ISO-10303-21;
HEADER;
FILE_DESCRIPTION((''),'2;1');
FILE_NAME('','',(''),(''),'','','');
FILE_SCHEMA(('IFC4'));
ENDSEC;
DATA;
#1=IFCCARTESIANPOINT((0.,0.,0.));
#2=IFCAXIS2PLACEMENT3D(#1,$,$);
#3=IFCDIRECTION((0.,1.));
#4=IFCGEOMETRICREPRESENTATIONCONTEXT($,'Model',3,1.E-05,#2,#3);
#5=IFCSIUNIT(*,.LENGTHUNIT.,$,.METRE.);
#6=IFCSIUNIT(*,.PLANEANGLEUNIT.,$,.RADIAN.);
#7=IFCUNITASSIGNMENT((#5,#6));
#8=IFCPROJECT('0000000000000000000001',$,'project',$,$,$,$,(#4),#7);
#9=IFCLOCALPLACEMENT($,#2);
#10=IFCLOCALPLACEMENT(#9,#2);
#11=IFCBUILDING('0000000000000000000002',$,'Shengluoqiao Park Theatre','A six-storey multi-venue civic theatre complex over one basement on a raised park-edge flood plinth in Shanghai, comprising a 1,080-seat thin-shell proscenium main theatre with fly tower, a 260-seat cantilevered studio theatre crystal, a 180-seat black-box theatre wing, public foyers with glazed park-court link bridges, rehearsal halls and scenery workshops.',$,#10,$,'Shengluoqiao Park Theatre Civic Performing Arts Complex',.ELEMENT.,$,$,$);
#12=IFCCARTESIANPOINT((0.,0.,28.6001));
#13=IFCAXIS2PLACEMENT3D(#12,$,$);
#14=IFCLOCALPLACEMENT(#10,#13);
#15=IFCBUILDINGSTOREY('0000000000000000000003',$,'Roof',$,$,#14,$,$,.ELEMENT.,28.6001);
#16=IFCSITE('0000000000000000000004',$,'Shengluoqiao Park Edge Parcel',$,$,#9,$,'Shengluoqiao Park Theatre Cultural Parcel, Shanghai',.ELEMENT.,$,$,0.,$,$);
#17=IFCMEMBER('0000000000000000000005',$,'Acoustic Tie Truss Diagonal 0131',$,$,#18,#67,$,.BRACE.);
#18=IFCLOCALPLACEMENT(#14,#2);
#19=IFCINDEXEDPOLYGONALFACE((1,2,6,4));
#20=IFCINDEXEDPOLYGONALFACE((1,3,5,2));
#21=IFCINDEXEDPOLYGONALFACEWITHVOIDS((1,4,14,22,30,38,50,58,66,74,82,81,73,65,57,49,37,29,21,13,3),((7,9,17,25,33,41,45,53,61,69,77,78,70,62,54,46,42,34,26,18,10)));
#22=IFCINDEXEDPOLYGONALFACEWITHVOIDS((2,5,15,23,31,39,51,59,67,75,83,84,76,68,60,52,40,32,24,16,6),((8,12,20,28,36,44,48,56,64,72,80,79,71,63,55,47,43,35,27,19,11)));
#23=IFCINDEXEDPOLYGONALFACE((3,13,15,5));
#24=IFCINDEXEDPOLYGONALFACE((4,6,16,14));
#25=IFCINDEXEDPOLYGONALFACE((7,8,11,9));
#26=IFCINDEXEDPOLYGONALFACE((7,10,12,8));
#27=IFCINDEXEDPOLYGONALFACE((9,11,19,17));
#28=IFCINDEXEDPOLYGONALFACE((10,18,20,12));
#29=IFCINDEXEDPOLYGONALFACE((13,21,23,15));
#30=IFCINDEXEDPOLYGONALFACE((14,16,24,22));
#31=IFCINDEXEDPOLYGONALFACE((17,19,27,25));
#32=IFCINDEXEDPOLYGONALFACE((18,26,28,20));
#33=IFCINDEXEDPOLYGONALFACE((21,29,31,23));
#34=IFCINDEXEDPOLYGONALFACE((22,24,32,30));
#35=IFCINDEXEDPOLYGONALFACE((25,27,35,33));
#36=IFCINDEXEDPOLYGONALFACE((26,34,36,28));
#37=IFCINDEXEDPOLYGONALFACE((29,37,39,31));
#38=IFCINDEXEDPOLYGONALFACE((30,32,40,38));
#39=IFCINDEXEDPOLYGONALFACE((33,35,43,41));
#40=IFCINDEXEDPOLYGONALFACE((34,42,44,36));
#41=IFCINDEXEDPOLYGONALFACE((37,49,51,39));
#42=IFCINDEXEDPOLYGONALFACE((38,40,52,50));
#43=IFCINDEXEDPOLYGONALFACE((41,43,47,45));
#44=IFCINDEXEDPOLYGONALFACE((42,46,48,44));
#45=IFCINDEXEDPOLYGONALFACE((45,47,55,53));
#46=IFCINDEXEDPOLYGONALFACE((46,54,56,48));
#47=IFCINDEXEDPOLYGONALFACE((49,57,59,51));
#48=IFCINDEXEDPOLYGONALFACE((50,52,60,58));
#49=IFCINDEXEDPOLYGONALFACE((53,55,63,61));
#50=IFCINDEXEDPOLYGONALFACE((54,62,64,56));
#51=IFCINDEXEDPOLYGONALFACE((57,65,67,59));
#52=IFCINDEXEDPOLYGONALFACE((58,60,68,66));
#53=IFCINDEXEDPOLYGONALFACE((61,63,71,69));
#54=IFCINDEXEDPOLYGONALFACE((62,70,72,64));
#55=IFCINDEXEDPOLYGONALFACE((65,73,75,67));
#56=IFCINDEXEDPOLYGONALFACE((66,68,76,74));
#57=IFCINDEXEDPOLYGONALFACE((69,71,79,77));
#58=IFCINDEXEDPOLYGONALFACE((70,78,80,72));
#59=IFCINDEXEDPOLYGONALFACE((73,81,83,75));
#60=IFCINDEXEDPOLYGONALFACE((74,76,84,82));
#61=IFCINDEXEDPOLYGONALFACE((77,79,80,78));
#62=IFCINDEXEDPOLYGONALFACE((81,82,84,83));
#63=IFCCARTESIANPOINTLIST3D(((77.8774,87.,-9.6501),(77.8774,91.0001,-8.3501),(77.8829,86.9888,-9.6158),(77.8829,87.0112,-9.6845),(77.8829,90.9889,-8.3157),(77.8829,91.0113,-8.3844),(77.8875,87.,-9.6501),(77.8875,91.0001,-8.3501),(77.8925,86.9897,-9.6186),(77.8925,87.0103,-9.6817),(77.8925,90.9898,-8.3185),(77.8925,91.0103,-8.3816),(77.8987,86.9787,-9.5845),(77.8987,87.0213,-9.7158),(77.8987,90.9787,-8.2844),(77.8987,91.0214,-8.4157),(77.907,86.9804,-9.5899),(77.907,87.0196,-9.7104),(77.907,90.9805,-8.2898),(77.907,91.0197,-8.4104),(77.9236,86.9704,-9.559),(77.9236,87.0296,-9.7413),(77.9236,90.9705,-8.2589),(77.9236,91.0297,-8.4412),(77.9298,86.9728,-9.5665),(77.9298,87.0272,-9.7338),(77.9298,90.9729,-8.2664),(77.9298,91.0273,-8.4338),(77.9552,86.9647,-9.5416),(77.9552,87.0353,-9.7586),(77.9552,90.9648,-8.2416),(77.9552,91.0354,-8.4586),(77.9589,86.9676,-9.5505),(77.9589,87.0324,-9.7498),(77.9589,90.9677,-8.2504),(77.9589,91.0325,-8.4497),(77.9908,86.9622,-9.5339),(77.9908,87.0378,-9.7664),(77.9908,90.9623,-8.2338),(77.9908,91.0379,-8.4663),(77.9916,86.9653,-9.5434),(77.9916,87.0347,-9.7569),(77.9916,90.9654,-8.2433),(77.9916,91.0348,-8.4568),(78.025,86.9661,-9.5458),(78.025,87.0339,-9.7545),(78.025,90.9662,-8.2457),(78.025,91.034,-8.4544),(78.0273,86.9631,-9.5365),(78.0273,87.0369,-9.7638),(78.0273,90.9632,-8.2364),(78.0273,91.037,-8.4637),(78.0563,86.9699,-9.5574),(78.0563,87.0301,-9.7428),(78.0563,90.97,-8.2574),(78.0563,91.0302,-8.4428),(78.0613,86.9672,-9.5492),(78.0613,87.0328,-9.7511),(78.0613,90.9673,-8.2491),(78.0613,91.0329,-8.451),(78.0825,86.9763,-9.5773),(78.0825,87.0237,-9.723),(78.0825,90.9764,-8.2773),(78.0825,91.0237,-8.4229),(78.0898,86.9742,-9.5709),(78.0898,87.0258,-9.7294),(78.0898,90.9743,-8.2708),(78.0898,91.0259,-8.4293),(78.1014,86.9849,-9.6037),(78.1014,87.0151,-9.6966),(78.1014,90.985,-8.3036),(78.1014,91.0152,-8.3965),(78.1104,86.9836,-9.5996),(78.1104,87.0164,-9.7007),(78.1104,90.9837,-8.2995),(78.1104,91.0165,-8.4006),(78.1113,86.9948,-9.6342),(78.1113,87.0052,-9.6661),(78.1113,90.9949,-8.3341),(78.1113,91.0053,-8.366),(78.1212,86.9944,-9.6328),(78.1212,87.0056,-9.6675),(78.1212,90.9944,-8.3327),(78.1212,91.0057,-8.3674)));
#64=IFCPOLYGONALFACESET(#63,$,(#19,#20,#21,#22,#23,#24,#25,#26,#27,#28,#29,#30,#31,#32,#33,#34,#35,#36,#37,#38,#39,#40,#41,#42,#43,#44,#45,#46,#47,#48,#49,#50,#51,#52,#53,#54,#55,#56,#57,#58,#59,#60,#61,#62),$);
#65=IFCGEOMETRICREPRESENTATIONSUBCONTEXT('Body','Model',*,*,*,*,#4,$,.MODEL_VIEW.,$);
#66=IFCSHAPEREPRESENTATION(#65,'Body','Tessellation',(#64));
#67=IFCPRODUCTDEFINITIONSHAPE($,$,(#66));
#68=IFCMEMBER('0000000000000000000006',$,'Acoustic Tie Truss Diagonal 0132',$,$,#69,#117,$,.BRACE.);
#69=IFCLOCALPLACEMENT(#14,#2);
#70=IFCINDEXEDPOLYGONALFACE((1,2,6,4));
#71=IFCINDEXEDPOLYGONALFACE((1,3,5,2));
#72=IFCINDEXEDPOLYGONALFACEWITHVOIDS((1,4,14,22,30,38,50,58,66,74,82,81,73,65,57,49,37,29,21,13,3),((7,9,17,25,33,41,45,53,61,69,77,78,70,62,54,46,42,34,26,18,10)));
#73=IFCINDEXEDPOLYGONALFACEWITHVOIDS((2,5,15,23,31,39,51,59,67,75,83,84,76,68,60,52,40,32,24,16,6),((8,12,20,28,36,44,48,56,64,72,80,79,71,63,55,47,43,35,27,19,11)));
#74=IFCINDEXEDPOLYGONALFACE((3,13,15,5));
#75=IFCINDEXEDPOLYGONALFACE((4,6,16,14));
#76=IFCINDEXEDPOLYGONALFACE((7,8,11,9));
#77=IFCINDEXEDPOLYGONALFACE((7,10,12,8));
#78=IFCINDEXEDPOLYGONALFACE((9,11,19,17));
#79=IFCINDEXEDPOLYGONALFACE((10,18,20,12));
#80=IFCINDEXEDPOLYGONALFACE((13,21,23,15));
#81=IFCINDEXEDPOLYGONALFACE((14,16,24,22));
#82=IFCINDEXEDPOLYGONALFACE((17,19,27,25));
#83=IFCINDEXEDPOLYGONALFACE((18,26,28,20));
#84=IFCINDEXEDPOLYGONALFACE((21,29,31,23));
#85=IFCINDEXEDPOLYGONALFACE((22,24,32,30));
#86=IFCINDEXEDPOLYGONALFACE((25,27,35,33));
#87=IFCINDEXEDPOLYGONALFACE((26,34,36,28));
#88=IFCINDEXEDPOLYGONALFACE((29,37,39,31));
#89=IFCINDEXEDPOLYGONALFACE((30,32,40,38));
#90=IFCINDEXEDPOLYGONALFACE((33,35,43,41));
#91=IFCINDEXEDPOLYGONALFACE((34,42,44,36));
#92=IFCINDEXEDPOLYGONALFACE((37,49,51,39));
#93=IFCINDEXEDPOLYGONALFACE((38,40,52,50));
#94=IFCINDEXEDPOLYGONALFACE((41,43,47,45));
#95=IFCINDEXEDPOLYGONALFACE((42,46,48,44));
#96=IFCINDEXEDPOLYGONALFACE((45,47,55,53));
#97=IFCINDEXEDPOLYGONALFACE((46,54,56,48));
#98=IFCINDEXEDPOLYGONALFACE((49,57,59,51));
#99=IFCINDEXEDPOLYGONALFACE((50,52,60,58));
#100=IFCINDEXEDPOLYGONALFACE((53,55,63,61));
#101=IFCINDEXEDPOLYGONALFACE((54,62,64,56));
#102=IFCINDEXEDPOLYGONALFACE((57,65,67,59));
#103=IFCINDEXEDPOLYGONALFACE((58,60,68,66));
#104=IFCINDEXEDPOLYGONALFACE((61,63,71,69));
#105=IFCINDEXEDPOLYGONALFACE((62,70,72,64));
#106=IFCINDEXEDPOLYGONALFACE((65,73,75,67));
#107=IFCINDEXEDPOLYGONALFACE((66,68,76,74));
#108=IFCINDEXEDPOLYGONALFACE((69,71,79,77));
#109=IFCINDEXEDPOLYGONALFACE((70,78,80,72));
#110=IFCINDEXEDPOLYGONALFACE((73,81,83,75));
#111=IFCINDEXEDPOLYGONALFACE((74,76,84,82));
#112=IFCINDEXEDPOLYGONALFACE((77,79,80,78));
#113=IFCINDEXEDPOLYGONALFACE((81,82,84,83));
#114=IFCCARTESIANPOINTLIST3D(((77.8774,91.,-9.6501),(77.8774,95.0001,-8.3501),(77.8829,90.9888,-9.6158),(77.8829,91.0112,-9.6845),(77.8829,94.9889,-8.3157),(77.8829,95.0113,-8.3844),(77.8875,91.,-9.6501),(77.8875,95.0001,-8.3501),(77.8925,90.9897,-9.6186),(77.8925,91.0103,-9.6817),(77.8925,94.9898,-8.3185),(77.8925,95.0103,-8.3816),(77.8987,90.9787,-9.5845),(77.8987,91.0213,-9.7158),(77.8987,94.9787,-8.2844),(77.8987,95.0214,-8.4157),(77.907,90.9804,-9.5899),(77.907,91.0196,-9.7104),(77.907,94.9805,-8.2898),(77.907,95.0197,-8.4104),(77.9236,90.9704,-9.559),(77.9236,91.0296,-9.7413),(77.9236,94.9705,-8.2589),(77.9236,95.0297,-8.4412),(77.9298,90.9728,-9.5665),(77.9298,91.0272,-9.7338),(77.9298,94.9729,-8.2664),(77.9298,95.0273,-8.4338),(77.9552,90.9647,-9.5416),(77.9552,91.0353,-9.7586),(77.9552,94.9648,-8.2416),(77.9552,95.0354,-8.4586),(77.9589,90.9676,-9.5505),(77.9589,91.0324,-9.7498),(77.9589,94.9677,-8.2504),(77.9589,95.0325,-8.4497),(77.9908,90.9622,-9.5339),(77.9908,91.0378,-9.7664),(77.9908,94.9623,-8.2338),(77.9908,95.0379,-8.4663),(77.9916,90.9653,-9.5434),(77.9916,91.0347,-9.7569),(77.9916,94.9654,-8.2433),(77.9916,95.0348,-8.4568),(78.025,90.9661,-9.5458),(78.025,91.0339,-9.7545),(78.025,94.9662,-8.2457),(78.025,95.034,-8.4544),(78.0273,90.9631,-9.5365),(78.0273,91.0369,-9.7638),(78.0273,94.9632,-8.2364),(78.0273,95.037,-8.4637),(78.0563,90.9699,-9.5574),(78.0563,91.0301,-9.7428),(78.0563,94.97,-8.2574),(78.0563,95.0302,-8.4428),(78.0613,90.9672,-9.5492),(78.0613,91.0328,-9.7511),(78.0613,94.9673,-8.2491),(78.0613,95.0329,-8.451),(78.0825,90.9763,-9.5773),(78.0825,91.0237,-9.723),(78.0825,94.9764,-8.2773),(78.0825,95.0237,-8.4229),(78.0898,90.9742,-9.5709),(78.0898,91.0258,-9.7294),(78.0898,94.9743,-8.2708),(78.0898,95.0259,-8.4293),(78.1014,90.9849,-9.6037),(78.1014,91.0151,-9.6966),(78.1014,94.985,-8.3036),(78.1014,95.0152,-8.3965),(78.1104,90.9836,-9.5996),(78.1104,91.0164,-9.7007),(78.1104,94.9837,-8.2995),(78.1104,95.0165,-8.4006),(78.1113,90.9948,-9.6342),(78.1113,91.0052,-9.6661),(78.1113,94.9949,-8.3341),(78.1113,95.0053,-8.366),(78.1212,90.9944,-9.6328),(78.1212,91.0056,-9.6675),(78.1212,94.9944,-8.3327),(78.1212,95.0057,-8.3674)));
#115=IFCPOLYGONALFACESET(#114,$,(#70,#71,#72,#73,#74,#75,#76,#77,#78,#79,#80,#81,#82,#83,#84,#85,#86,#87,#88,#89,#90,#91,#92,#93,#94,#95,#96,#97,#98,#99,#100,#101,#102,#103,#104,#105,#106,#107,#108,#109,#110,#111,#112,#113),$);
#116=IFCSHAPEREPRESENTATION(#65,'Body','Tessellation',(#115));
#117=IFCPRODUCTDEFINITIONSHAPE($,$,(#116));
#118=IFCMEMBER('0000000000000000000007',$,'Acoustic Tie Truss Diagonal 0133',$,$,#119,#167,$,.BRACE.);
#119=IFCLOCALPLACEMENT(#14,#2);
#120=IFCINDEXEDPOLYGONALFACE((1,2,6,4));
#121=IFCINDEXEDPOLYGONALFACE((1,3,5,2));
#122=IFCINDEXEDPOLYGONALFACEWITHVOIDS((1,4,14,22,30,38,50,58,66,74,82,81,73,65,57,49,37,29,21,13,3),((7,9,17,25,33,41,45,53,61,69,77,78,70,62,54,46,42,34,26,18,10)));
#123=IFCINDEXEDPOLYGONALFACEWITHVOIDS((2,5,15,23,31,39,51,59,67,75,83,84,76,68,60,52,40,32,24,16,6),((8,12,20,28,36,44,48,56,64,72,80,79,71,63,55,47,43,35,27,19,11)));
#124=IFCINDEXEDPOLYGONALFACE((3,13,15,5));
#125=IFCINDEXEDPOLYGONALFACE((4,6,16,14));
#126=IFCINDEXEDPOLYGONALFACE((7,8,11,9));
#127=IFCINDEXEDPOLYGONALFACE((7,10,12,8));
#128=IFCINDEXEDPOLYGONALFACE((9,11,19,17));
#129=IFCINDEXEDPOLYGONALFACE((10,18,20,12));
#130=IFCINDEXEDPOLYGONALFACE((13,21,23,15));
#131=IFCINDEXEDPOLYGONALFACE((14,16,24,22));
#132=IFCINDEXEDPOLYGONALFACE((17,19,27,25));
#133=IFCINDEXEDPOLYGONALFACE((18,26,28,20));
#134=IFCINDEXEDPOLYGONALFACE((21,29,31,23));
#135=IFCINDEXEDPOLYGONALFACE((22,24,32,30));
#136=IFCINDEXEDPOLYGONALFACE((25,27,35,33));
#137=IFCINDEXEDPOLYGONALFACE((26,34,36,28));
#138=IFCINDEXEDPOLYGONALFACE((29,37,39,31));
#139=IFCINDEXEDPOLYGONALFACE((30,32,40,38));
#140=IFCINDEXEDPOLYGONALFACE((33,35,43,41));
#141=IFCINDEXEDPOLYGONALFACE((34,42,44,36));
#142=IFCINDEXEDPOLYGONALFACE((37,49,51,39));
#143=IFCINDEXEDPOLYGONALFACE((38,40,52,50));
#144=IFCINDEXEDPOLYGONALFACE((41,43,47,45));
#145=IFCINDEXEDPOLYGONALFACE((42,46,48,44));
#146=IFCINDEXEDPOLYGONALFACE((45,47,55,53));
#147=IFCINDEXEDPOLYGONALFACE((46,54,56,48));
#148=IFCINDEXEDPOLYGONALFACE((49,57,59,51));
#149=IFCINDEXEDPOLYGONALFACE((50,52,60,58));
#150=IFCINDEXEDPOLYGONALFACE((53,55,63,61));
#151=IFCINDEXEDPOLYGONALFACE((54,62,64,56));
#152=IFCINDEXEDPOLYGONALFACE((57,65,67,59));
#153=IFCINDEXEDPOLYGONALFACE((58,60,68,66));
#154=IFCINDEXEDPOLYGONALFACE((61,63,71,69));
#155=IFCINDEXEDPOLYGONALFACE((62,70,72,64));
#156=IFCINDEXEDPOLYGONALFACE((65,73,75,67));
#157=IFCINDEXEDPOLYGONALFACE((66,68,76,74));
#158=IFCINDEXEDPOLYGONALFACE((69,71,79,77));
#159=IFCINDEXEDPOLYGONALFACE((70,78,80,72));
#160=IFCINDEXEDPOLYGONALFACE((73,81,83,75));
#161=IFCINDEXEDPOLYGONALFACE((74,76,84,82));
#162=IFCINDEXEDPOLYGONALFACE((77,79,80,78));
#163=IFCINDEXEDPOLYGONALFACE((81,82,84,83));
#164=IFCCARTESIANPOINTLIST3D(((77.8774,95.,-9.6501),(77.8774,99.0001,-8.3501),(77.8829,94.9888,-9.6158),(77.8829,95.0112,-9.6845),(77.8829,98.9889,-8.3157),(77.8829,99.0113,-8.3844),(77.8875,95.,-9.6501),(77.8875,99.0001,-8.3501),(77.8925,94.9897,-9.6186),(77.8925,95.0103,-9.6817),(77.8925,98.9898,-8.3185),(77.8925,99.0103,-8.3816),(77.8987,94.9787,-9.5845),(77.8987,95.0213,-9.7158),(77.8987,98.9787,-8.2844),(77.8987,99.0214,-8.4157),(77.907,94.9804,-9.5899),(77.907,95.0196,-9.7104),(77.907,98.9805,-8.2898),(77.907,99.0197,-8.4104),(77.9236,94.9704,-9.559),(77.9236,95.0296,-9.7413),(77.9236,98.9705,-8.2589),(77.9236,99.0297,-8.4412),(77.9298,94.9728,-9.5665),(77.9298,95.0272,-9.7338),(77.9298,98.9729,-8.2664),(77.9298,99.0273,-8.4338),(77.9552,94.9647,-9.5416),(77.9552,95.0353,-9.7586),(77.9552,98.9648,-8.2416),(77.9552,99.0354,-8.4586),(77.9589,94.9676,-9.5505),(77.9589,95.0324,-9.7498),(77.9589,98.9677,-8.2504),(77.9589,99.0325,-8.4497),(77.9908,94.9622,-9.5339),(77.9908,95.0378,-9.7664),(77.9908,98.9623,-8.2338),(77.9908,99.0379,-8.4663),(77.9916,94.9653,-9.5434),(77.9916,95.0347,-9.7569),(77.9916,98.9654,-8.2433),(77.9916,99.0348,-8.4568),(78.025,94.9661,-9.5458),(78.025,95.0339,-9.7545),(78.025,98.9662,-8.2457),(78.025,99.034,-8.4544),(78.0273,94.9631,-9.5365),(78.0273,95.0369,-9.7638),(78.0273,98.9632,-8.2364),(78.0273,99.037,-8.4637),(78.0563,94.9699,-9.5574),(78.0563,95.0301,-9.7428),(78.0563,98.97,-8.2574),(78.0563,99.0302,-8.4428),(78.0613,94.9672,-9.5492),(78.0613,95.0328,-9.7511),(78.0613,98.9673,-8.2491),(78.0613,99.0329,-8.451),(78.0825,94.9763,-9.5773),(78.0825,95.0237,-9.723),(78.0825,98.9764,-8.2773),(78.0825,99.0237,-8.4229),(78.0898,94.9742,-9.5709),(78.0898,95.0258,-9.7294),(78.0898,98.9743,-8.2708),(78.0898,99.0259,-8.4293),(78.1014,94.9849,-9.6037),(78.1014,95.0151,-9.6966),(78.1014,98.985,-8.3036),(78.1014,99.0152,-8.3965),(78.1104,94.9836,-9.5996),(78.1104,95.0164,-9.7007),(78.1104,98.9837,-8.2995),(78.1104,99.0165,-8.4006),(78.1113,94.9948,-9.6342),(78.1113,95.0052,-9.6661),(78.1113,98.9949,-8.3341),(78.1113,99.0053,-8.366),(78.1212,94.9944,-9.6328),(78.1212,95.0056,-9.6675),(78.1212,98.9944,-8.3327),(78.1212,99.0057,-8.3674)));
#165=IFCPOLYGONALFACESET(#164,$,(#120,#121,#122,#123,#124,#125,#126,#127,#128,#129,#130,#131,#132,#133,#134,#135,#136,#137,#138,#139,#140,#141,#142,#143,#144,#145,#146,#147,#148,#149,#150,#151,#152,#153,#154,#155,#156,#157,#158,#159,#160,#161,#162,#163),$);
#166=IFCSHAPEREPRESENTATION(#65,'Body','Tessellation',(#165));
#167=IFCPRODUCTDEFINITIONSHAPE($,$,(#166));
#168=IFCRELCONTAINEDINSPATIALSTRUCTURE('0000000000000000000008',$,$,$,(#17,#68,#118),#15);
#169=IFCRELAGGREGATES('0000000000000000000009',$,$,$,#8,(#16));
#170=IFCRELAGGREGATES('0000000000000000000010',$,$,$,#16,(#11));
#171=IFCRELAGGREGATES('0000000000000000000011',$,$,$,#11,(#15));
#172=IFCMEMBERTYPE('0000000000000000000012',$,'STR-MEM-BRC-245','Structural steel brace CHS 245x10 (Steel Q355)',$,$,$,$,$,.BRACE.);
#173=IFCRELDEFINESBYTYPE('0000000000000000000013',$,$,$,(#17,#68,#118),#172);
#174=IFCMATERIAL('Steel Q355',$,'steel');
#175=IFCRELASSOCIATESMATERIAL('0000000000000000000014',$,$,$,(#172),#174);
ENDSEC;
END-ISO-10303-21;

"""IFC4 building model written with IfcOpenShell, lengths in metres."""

from ifc_helpers import new_model, si_unit, direction, frame, origin, origin_2d, place, context, subcontext, project, spatial, hollow_circle, extrude, material, material_profile, profile_set, type_object, element, save


model = new_model("IFC4")

# Units and contexts
model_context = context("Model", 3, precision=1e-05, world=origin(), true_north=direction((0.0, 1.0)))
body_context = subcontext(model_context, "Body", "Model", "MODEL_VIEW")
ifc_project = project(units=[si_unit("LENGTHUNIT", "METRE"), si_unit("PLANEANGLEUNIT", "RADIAN")], contexts=[model_context])

# Site, building, storey
site_placement = place(None, origin())
site = spatial("IfcSite", under=ifc_project, at=site_placement, Name="Shengluoqiao Park Edge Parcel", LongName="Shengluoqiao Park Theatre Cultural Parcel, Shanghai", CompositionType="ELEMENT", RefElevation=0.0)
building_placement = place(site_placement, origin())
building = spatial("IfcBuilding", under=site, at=building_placement, Name="Shengluoqiao Park Theatre", Description="A six-storey multi-venue civic theatre complex over one basement on a raised park-edge flood plinth in Shanghai, comprising a 1,080-seat thin-shell proscenium main theatre with fly tower, a 260-seat cantilevered studio theatre crystal, a 180-seat black-box theatre wing, public foyers with glazed park-court link bridges, rehearsal halls and scenery workshops.", LongName="Shengluoqiao Park Theatre Civic Performing Arts Complex", CompositionType="ELEMENT")
storey_placement = place(building_placement, frame((0.0, 0.0, 28.6001)))
storey = spatial("IfcBuildingStorey", under=building, at=storey_placement, Name="Roof", CompositionType="ELEMENT", Elevation=28.6001)

# Shared definitions
ifc_material = material(Name="Steel Q355", Category="steel")

# Members
ifc_material_profile_1 = material_profile(ifc_material, hollow_circle(Radius=0.1226, WallThickness=0.01, at=origin_2d()), Name="CHS 245x10")
ifc_profile_set_1 = profile_set([ifc_material_profile_1], Name="Steel Q355")
member_type_1 = type_object("IfcMemberType", Name="STR-MEM-BRC-245", Description="Structural steel brace CHS 245x10 (Steel Q355)", PredefinedType="BRACE", material=ifc_profile_set_1)
for number, where, z_axis, x_axis, name in (
    (1, (78.0, 87.0, -9.6501), (0.0, 0.951031, 0.309097), (-1.0, 0.0, 0.0), "Acoustic Tie Truss Diagonal 0131"),
    (2, (78.0, 91.0, -9.6501), (0.0, 0.951031, 0.309097), (-1.0, 0.0, 0.0), "Acoustic Tie Truss Diagonal 0132"),
    (3, (78.0, 95.0, -9.6501), (0.0, 0.951031, 0.309097), (-1.0, 0.0, 0.0), "Acoustic Tie Truss Diagonal 0133"),
):
    element("IfcMember", number, at=place(storey_placement, frame(where, z_axis=z_axis, x_axis=x_axis)), inside=storey, type_object=member_type_1, Name=name, PredefinedType="BRACE", context=body_context, shape_type="SweptSolid", body=[
        extrude(hollow_circle(Radius=0.1226, WallThickness=0.01, at=origin_2d()), origin(), (0.0, 0.0, 1.0), 4.2061),
    ])

save(model, "model.ifc")
